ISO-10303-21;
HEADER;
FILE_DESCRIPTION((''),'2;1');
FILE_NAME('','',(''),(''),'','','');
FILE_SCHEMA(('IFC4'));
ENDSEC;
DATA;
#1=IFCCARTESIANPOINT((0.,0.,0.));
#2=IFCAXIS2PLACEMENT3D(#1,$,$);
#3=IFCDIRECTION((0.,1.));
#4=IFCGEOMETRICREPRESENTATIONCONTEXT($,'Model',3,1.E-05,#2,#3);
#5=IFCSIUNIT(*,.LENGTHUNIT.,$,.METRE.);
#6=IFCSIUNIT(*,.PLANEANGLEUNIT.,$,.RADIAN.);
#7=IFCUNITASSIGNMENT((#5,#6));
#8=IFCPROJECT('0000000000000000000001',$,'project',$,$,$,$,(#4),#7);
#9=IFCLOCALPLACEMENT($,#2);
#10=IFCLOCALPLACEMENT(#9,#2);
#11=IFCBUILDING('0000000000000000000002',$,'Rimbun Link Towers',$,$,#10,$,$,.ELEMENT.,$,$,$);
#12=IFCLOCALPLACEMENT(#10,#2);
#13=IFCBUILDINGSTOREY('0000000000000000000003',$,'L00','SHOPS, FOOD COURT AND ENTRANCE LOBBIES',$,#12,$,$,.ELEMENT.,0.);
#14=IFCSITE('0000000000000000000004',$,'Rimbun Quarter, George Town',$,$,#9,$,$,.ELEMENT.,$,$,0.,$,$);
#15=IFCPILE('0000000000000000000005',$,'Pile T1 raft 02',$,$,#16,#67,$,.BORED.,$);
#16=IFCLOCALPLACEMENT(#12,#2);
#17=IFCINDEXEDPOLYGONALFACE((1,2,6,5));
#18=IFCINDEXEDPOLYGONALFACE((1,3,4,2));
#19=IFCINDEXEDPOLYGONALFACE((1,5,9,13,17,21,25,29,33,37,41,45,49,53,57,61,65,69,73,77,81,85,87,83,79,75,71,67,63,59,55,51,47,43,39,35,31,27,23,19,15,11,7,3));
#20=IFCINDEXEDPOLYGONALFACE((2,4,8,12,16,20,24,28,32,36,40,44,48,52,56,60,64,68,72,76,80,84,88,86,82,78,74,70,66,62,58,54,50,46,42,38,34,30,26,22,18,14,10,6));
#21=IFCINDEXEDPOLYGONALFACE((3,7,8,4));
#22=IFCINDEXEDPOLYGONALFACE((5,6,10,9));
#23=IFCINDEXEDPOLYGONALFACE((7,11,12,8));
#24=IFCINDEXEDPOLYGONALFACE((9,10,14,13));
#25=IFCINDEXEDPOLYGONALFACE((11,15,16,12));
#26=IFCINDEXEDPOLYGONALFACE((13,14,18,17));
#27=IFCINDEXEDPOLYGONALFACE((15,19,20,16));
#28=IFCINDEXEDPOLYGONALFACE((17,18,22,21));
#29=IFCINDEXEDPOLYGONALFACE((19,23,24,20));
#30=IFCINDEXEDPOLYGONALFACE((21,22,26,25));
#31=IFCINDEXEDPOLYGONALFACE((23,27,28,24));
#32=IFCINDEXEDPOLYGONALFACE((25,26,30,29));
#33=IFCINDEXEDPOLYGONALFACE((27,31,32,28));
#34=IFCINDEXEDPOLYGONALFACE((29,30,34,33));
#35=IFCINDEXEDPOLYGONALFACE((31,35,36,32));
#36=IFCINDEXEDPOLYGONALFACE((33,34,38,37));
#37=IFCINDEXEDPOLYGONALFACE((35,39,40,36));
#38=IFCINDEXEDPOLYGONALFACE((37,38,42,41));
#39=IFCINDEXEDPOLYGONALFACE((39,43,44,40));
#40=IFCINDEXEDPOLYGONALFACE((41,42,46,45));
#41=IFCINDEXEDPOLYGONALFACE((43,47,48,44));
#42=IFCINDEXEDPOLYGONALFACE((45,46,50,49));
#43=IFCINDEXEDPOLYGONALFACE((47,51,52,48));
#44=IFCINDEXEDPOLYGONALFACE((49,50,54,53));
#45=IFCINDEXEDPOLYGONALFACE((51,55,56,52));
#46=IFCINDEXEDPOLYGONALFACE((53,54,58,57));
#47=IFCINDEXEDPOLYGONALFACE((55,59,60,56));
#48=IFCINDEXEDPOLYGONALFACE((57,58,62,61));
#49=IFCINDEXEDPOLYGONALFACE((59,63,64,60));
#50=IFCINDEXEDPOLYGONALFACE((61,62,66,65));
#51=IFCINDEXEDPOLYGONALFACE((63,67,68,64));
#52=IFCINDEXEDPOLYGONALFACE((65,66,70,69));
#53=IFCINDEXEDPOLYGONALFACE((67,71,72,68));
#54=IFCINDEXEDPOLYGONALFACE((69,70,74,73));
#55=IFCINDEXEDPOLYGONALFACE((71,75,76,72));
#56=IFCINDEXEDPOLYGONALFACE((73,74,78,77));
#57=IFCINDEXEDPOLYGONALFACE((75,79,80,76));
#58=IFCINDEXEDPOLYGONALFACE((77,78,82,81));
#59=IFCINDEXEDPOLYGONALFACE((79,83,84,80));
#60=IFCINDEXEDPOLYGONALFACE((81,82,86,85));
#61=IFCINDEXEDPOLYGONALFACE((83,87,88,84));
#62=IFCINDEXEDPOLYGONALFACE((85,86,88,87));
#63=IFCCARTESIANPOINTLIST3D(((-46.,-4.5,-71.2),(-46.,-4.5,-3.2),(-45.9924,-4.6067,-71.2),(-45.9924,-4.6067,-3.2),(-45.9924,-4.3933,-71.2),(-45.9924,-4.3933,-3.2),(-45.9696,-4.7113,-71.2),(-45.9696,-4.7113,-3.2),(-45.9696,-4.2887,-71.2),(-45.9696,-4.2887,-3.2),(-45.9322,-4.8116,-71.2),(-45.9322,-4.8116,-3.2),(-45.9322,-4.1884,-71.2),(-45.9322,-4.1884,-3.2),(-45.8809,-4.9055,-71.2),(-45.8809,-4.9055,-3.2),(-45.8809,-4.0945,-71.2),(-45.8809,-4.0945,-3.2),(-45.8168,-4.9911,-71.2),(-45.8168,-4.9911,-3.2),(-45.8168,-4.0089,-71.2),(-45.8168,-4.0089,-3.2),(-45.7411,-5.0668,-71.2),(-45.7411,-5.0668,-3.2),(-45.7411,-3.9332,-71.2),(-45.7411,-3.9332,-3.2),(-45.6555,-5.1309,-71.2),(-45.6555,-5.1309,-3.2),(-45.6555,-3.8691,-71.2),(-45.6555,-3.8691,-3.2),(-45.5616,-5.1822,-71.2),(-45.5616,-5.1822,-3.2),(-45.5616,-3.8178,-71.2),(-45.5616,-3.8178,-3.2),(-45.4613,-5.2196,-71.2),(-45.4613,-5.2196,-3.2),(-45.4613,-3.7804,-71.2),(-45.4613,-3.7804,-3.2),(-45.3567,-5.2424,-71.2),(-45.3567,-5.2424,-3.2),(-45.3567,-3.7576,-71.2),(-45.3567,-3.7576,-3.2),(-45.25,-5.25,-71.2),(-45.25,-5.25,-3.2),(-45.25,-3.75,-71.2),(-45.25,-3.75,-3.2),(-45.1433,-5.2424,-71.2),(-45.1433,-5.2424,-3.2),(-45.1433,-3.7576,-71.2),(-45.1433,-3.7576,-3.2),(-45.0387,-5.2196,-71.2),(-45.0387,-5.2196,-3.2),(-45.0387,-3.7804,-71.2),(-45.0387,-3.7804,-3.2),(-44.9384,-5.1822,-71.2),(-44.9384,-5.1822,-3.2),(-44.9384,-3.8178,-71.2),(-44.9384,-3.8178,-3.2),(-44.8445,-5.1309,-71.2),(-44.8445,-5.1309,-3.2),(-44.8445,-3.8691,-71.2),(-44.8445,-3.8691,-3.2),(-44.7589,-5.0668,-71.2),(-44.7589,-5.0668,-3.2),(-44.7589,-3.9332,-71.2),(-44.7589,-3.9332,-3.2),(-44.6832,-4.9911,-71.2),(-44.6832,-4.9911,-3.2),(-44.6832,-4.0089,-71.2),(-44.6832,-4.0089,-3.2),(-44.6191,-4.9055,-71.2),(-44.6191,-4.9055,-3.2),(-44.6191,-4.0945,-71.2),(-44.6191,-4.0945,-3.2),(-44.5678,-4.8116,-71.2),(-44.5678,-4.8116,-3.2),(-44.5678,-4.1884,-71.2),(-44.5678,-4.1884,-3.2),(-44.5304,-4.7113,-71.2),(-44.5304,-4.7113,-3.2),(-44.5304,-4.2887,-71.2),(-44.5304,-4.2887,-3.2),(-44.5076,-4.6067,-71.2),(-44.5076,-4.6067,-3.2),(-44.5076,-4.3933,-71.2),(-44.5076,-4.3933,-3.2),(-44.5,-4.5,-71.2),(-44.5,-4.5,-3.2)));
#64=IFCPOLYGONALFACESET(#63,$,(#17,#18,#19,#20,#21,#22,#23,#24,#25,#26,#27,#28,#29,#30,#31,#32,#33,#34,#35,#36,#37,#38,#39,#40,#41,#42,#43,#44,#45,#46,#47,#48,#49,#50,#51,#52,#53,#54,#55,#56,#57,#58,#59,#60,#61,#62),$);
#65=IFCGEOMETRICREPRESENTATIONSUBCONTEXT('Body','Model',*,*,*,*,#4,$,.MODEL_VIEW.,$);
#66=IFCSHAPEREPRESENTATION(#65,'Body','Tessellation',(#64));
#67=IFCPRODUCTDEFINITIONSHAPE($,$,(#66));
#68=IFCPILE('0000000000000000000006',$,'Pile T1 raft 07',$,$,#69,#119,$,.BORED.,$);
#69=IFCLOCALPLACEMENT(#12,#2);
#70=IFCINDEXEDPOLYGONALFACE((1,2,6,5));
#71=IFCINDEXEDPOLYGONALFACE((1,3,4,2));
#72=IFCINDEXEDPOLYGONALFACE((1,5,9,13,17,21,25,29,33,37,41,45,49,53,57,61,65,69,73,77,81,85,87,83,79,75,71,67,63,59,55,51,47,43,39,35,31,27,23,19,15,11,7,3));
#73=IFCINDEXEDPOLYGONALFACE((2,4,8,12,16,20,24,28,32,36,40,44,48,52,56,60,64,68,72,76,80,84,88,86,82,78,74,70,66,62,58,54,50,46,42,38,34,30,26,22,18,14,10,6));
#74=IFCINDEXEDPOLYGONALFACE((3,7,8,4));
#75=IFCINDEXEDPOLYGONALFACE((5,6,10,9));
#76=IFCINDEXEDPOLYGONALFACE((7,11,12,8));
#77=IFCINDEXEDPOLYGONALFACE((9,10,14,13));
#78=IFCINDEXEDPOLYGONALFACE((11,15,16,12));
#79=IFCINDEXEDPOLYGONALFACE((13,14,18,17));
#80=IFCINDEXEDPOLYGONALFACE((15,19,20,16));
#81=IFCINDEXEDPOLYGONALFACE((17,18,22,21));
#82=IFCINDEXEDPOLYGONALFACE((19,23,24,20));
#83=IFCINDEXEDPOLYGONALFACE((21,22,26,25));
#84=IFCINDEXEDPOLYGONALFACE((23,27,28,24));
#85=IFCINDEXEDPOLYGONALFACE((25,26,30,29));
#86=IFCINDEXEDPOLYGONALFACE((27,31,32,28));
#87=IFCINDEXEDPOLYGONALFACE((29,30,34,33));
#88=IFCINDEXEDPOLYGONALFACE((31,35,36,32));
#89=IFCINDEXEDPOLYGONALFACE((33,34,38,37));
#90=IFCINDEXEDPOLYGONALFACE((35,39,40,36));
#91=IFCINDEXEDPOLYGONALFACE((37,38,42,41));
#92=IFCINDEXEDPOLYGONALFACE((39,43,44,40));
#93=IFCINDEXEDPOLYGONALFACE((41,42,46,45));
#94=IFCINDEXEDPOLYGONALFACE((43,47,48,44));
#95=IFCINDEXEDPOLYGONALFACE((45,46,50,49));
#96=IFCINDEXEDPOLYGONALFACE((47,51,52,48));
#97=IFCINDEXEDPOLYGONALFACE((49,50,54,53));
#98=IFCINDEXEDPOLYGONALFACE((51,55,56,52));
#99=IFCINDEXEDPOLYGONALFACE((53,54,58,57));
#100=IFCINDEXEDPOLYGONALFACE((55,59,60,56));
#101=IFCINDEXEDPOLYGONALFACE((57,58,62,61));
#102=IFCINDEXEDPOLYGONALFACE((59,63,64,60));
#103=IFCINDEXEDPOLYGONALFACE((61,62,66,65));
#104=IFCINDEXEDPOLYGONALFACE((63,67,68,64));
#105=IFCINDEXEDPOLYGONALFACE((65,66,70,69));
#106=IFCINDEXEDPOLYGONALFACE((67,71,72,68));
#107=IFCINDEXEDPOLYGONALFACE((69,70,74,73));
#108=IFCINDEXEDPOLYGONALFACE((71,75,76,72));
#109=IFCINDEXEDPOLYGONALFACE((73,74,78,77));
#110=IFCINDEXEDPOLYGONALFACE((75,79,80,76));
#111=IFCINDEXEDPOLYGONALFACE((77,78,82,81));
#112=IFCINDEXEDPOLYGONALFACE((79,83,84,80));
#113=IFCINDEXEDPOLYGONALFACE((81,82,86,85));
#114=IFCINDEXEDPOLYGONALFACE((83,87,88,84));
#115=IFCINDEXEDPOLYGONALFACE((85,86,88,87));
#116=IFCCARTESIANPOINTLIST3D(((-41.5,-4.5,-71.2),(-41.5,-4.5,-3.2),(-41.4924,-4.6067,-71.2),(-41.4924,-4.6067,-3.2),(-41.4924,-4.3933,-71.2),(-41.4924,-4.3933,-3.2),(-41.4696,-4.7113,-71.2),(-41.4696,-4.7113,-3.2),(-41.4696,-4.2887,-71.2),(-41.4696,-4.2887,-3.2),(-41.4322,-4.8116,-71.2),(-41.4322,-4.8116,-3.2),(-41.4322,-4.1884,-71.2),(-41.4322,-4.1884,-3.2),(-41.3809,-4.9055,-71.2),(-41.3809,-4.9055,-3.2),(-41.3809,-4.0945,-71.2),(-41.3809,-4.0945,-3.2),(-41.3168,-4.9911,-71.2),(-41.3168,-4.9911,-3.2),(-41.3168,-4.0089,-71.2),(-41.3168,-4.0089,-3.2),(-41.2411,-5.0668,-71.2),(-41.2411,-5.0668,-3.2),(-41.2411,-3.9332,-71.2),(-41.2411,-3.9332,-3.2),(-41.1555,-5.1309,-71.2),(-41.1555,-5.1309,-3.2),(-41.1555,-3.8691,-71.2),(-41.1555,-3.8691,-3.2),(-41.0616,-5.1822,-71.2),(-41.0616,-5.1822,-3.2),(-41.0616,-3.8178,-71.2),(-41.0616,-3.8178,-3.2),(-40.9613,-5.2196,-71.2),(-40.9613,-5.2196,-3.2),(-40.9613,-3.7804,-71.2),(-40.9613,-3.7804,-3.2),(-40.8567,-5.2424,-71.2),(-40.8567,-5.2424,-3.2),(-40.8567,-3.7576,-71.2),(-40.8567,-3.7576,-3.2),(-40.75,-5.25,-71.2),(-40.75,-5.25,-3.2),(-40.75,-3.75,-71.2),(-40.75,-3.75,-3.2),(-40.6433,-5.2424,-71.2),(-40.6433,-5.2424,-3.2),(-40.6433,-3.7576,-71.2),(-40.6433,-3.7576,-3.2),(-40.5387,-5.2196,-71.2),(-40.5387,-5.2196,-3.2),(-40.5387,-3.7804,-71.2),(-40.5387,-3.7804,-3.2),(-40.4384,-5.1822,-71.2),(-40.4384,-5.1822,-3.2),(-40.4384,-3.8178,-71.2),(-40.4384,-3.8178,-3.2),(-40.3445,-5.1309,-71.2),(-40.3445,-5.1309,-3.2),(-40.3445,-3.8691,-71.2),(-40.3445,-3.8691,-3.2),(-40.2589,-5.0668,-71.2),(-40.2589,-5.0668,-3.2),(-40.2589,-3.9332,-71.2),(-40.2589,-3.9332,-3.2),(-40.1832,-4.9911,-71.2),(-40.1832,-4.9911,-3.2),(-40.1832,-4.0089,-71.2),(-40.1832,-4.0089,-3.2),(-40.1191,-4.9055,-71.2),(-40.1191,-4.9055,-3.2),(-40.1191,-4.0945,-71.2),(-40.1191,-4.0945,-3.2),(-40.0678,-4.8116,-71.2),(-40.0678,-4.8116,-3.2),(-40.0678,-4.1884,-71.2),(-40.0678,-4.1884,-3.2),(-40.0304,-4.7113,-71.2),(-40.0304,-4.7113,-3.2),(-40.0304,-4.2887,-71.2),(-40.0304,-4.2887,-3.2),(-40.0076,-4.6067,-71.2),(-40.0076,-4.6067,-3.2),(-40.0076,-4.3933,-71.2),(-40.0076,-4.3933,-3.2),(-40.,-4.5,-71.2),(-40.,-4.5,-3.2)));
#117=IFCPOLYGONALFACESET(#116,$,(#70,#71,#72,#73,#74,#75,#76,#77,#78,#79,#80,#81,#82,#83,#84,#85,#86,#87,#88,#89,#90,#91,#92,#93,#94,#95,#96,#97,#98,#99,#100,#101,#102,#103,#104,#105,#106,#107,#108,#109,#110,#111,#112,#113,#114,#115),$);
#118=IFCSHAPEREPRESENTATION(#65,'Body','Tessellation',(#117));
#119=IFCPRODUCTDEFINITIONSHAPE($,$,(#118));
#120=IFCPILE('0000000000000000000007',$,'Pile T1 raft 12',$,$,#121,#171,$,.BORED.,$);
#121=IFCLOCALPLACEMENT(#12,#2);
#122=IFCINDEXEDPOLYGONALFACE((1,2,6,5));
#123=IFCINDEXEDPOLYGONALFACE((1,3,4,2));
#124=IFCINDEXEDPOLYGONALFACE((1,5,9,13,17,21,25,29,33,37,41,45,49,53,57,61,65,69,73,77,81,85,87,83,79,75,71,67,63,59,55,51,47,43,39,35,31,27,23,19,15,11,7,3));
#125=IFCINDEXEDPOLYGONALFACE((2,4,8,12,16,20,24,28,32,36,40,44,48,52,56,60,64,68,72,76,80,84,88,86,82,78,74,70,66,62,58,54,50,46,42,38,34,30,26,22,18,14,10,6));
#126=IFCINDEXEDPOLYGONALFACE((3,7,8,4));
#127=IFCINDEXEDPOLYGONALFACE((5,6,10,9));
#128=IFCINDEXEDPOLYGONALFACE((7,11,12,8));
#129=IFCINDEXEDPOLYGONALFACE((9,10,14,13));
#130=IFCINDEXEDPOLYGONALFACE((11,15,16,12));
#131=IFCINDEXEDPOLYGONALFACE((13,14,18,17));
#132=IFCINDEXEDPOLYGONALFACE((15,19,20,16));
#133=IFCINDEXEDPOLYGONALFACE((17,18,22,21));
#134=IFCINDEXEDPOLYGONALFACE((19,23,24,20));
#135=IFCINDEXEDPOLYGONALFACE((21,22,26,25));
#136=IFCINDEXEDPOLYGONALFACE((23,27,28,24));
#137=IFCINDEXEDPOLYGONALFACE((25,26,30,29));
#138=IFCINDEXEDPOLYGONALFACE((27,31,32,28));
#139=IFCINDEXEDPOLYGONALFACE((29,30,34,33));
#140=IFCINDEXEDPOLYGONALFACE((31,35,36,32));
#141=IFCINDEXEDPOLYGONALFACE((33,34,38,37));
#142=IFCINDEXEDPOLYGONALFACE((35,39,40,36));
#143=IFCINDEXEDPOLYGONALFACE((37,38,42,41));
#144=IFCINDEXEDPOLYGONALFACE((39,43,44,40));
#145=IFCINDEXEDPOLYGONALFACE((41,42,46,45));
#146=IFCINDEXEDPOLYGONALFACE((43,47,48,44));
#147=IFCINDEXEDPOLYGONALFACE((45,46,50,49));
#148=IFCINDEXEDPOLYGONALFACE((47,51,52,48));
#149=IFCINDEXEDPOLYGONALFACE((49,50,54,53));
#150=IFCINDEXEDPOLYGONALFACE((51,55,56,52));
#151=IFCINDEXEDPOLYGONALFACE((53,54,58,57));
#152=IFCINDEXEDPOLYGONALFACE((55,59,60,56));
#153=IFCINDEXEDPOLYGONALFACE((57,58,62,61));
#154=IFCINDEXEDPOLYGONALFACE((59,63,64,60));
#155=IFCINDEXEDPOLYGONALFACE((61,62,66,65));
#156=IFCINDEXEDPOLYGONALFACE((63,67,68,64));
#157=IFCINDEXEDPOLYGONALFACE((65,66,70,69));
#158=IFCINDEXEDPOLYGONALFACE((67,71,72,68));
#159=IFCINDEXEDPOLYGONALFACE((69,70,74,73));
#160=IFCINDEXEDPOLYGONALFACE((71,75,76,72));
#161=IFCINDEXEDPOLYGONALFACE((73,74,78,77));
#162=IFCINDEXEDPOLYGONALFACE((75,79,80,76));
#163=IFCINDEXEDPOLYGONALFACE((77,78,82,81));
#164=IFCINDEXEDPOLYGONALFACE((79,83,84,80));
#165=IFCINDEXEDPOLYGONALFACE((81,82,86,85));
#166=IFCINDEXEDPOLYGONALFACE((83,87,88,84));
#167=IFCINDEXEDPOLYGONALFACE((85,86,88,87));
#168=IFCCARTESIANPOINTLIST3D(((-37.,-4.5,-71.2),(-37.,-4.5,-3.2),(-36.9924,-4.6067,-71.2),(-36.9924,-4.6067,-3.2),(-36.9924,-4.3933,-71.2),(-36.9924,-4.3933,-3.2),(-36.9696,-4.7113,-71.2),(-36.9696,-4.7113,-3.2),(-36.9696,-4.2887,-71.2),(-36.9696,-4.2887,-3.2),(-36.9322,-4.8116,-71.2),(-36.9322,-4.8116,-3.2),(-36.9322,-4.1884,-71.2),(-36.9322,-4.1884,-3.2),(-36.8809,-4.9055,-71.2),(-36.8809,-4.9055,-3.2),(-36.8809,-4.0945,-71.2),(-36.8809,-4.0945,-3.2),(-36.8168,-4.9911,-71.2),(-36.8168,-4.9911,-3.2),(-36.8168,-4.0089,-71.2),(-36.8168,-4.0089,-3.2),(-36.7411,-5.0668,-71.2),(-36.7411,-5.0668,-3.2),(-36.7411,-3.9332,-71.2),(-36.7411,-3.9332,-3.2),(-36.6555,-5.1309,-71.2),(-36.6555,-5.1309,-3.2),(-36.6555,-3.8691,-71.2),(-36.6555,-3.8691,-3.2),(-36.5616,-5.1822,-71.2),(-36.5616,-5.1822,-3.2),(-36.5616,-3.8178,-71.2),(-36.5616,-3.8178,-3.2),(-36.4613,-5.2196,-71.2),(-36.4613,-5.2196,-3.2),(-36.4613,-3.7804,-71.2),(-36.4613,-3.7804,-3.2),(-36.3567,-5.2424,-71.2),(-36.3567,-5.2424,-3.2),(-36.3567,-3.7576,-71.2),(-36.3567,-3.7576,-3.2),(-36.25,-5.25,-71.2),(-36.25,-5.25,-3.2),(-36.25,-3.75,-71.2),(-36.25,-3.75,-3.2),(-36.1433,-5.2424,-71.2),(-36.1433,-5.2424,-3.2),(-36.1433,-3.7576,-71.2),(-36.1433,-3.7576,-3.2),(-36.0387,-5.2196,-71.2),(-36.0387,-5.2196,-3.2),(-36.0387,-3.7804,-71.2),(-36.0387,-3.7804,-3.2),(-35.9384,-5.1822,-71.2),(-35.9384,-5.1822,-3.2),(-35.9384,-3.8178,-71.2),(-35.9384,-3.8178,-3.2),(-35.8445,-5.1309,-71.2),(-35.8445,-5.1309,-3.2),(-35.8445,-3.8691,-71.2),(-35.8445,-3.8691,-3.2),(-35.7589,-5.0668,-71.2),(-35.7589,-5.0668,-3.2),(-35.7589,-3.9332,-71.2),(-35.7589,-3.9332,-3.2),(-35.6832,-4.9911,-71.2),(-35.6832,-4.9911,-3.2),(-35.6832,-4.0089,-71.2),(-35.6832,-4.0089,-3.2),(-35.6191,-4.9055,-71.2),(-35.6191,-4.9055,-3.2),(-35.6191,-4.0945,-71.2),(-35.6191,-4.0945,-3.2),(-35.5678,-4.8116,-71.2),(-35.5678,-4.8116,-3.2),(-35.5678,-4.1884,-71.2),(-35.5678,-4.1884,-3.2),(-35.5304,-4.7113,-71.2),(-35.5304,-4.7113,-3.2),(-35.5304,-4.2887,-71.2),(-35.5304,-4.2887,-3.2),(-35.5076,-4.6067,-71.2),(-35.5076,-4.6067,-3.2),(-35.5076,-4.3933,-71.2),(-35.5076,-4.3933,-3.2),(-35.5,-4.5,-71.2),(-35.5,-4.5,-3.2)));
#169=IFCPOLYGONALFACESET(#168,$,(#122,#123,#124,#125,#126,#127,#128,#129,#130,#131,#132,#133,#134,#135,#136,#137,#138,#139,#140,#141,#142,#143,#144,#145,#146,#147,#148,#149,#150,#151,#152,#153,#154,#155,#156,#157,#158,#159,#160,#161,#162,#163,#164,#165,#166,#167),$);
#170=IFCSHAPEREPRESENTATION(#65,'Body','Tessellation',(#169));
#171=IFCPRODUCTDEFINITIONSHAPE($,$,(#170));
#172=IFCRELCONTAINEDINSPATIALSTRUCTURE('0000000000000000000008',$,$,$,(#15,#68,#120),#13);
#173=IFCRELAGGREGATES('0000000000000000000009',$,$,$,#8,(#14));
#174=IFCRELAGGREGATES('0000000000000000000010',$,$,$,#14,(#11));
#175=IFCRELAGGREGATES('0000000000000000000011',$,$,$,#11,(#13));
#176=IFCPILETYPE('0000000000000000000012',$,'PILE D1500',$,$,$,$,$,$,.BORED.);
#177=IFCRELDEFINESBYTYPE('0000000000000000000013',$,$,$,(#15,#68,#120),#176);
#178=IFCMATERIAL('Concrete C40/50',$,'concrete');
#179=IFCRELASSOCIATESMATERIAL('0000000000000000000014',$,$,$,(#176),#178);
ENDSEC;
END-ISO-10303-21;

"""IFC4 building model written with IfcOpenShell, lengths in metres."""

from ifc_helpers import new_model, si_unit, direction, frame, origin, origin_2d, place, context, subcontext, project, spatial, circle, extrude, material, material_profile, profile_set, type_object, element, save


model = new_model("IFC4")

# Units and contexts
model_context = context("Model", 3, precision=1e-05, world=origin(), true_north=direction((0.0, 1.0)))
body_context = subcontext(model_context, "Body", "Model", "MODEL_VIEW")
ifc_project = project(units=[si_unit("LENGTHUNIT", "METRE"), si_unit("PLANEANGLEUNIT", "RADIAN")], contexts=[model_context])

# Site, building, storey
site_placement = place(None, origin())
site = spatial("IfcSite", under=ifc_project, at=site_placement, Name="Rimbun Quarter, George Town", CompositionType="ELEMENT", RefElevation=0.0)
building_placement = place(site_placement, origin())
building = spatial("IfcBuilding", under=site, at=building_placement, Name="Rimbun Link Towers", CompositionType="ELEMENT")
storey_placement = place(building_placement, origin())
storey = spatial("IfcBuildingStorey", under=building, at=storey_placement, Name="L00", Description="SHOPS, FOOD COURT AND ENTRANCE LOBBIES", CompositionType="ELEMENT", Elevation=0.0)

# Piles
ifc_material_1 = material(Name="Concrete C40/50", Category="concrete")
ifc_material_profile_1 = material_profile(ifc_material_1, circle(Radius=0.75, at=origin_2d()), Name="PILE D1500")
ifc_profile_set_1 = profile_set([ifc_material_profile_1], Name="Concrete C40/50")
pile_type_1 = type_object("IfcPileType", Name="PILE D1500", PredefinedType="BORED", material=ifc_profile_set_1)
for number, where, z_axis, x_axis, name in (
    (1, (-45.25, -4.5, -3.2), (0.0, 0.0, -1.0), (1.0, 0.0, 0.0), "Pile T1 raft 02"),
    (2, (-40.75, -4.5, -3.2), (0.0, 0.0, -1.0), (1.0, 0.0, 0.0), "Pile T1 raft 07"),
    (3, (-36.25, -4.5, -3.2), (0.0, 0.0, -1.0), (1.0, 0.0, 0.0), "Pile T1 raft 12"),
):
    element("IfcPile", number, at=place(storey_placement, frame(where, z_axis=z_axis, x_axis=x_axis)), inside=storey, type_object=pile_type_1, Name=name, PredefinedType="BORED", context=body_context, shape_type="SweptSolid", body=[
        extrude(circle(Radius=0.75, at=origin_2d()), origin(), (0.0, 0.0, 1.0), 68.0),
    ])

save(model, "model.ifc")
